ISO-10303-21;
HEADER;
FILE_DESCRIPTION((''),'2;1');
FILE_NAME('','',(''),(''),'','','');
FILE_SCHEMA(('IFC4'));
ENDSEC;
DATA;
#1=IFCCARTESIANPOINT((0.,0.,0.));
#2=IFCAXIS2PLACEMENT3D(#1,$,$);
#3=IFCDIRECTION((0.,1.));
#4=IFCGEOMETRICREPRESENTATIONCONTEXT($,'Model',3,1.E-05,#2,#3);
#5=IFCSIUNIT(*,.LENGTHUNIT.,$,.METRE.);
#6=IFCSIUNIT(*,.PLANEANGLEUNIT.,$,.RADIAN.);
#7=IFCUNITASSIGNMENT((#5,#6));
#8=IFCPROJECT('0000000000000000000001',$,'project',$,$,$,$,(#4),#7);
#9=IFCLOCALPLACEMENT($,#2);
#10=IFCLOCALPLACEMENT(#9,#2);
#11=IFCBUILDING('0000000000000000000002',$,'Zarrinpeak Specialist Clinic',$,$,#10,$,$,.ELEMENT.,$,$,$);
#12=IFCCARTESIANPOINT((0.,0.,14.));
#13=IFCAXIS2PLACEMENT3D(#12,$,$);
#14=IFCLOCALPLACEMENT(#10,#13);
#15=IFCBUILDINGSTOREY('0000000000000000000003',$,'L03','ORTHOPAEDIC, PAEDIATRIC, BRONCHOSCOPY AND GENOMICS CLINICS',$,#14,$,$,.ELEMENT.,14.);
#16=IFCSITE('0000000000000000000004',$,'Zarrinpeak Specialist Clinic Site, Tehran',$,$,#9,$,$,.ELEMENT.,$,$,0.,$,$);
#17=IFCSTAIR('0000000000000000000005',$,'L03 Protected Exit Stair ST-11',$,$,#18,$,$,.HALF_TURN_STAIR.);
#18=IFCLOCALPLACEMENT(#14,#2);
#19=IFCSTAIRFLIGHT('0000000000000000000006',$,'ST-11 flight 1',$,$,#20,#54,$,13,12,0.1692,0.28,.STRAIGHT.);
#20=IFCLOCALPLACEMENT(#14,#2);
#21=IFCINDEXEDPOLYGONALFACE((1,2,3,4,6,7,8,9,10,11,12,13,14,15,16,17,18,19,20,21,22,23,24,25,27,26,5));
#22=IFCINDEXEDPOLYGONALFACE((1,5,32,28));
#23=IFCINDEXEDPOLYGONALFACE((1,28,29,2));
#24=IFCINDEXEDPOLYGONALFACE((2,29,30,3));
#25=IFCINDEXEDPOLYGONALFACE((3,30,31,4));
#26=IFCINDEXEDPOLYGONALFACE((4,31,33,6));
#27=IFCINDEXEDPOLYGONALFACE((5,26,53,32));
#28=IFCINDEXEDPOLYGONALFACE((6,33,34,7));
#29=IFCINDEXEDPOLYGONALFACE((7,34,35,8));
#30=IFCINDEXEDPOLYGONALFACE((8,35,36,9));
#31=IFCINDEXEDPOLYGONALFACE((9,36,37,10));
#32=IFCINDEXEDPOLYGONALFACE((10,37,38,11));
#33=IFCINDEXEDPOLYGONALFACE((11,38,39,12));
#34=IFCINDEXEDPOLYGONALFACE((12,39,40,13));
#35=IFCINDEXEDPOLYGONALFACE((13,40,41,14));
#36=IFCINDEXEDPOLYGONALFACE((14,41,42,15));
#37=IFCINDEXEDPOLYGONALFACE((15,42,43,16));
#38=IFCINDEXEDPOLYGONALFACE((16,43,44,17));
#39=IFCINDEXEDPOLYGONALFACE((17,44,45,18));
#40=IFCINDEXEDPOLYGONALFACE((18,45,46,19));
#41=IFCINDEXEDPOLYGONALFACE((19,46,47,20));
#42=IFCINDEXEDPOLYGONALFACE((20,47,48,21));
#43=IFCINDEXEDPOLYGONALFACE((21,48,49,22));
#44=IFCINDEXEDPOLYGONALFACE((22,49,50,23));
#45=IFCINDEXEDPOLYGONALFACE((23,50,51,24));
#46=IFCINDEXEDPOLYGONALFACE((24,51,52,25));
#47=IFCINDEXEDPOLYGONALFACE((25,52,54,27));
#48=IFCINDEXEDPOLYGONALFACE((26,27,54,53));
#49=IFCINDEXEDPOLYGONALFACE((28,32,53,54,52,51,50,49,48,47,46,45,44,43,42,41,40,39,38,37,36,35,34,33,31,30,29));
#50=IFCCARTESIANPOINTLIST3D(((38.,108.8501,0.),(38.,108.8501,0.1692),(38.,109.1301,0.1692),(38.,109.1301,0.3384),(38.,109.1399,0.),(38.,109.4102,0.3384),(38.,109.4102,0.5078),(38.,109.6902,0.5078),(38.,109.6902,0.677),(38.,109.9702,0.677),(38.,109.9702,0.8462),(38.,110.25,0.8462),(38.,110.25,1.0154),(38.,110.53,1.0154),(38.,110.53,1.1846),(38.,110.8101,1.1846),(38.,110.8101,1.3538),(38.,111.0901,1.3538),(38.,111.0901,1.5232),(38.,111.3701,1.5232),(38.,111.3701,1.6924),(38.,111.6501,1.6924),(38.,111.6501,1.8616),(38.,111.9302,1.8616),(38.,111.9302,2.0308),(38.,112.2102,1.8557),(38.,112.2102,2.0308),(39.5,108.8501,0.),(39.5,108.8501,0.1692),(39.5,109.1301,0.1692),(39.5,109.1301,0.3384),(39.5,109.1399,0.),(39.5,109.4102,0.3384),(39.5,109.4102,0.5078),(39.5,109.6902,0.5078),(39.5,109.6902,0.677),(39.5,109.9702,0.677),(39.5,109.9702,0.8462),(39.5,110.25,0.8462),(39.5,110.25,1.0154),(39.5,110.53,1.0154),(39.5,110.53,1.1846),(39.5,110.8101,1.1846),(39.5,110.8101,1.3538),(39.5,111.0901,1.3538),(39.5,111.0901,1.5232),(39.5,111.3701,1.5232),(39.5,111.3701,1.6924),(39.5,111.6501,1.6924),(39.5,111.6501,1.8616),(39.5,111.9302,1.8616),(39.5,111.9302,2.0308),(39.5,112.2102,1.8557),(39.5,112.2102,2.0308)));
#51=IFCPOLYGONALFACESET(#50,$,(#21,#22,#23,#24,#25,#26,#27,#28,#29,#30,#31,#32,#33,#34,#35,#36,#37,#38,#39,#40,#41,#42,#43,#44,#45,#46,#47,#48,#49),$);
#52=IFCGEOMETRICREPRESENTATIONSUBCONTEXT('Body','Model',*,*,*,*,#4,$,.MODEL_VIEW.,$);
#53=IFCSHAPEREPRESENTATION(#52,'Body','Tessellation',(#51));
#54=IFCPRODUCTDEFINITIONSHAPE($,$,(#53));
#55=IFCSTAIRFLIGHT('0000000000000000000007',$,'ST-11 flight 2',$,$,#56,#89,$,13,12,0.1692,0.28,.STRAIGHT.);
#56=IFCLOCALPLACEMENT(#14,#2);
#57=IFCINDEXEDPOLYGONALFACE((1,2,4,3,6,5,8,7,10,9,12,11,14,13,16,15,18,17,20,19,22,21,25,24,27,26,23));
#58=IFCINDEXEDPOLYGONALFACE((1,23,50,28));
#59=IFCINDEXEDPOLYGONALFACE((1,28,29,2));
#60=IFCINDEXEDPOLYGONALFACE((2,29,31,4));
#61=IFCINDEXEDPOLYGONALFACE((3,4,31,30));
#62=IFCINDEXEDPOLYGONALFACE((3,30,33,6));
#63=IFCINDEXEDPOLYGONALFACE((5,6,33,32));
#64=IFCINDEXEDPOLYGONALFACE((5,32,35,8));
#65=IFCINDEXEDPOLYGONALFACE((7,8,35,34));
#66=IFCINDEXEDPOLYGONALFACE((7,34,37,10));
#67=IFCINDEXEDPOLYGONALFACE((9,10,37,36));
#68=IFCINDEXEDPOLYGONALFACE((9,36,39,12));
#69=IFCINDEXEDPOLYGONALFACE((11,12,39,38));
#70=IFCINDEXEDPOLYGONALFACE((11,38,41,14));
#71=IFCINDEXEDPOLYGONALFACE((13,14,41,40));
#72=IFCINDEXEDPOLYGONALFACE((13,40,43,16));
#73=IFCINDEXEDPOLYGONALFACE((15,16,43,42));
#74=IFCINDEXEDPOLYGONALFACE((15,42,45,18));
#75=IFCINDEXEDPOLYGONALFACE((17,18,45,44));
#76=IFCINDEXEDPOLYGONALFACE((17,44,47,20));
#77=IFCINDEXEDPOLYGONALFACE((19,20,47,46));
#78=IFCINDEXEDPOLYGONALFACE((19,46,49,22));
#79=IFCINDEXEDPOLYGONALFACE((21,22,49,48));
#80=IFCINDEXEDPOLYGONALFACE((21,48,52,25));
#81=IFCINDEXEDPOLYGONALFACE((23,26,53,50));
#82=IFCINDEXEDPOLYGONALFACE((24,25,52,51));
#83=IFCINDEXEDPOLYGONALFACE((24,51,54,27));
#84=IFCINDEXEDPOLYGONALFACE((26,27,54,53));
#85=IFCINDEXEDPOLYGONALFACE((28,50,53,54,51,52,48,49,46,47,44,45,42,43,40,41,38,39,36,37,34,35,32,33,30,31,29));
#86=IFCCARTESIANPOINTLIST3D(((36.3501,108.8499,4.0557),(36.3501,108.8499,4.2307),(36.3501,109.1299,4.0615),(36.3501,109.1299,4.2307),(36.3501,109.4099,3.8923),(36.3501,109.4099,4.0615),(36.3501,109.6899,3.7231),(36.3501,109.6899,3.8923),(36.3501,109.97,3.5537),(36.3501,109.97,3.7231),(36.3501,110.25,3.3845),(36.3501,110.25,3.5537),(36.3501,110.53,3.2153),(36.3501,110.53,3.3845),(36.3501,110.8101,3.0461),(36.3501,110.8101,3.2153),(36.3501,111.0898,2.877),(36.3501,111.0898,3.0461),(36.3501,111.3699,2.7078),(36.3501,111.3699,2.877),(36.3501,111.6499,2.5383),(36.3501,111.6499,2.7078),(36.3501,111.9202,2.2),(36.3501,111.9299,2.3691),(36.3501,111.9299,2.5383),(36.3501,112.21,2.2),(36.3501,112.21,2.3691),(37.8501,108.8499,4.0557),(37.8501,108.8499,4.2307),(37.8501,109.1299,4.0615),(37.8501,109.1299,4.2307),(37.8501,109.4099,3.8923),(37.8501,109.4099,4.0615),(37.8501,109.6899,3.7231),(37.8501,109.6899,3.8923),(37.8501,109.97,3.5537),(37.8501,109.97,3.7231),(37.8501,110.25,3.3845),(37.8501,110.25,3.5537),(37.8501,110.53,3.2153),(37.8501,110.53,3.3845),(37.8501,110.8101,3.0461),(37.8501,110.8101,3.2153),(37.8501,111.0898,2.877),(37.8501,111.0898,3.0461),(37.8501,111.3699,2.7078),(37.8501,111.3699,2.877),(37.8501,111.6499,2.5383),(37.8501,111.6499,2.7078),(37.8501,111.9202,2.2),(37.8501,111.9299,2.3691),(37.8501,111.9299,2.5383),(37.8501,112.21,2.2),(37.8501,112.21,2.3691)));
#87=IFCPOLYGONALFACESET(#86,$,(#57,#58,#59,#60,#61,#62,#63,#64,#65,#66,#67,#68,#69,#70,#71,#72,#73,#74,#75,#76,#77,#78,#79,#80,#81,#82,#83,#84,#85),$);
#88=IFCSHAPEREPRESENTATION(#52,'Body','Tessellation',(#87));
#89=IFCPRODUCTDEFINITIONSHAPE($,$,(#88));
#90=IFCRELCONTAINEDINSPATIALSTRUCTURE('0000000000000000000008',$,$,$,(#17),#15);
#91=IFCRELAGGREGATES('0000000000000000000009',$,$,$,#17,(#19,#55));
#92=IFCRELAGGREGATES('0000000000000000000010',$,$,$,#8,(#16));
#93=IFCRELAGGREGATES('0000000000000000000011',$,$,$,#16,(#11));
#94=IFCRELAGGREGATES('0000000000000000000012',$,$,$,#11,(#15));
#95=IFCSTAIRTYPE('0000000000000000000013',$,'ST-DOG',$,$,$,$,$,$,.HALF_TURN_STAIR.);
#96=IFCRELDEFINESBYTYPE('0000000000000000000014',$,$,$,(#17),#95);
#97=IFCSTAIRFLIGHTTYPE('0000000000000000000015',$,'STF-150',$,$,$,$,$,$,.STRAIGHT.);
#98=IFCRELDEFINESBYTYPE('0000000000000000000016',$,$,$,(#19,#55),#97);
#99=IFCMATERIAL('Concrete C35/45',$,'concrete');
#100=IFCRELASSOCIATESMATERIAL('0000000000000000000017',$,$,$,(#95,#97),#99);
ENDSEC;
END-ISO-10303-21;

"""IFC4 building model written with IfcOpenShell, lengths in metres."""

from ifc_helpers import new_model, si_unit, direction, frame, origin, place, context, subcontext, project, spatial, polyline, outline, extrude, material, type_object, element, aggregate, save


model = new_model("IFC4")

# Units and contexts
model_context = context("Model", 3, precision=1e-05, world=origin(), true_north=direction((0.0, 1.0)))
body_context = subcontext(model_context, "Body", "Model", "MODEL_VIEW")
ifc_project = project(units=[si_unit("LENGTHUNIT", "METRE"), si_unit("PLANEANGLEUNIT", "RADIAN")], contexts=[model_context])

# Site, building, storey
site_placement = place(None, origin())
site = spatial("IfcSite", under=ifc_project, at=site_placement, Name="Zarrinpeak Specialist Clinic Site, Tehran", CompositionType="ELEMENT", RefElevation=0.0)
building_placement = place(site_placement, origin())
building = spatial("IfcBuilding", under=site, at=building_placement, Name="Zarrinpeak Specialist Clinic", CompositionType="ELEMENT")
storey_placement = place(building_placement, frame((0.0, 0.0, 14.0)))
storey = spatial("IfcBuildingStorey", under=building, at=storey_placement, Name="L03", Description="ORTHOPAEDIC, PAEDIATRIC, BRONCHOSCOPY AND GENOMICS CLINICS", CompositionType="ELEMENT", Elevation=14.0)

# Stair, stair flights
ifc_material_1 = material(Name="Concrete C35/45", Category="concrete")
stair_type = type_object("IfcStairType", Name="ST-DOG", PredefinedType="HALF_TURN_STAIR", material=ifc_material_1)
stair_placement = place(storey_placement, origin())
stair = element("IfcStair", 1, at=stair_placement, inside=storey, type_object=stair_type, Name="L03 Protected Exit Stair ST-11", PredefinedType="HALF_TURN_STAIR")
stair_flight_type = type_object("IfcStairFlightType", Name="STF-150", PredefinedType="STRAIGHT", material=ifc_material_1)
stair_flight_1_placement = place(storey_placement, frame((38.75, 108.8501, 0.0), z_axis=(0.0, 0.0, 1.0), x_axis=(0.0, 1.0, 0.0)))
stair_flight_1 = element("IfcStairFlight", 2, at=stair_flight_1_placement, type_object=stair_flight_type, Name="ST-11 flight 1", NumberOfRisers=13, NumberOfTreads=12, PredefinedType="STRAIGHT", RiserHeight=0.1692, TreadLength=0.28, context=body_context, shape_type="SweptSolid", body=[
    extrude(outline(polyline([(0.0, 0.0), (0.0, 0.1692), (0.28, 0.1692), (0.28, 0.3384), (0.5601, 0.3384), (0.5601, 0.5078), (0.8401, 0.5078), (0.8401, 0.677), (1.1201, 0.677), (1.1201, 0.8462), (1.3999, 0.8462), (1.3999, 1.0154), (1.6799, 1.0154), (1.6799, 1.1846), (1.96, 1.1846), (1.96, 1.3538), (2.24, 1.3538), (2.24, 1.5232), (2.52, 1.5232), (2.52, 1.6924), (2.8, 1.6924), (2.8, 1.8616), (3.0801, 1.8616), (3.0801, 2.0308), (3.3601, 2.0308), (3.3601, 2.2), (3.3601, 1.8557), (0.2898, 0.0), (0.0, 0.0)])), frame((0.0, 0.75, 0.0), z_axis=(0.0, -1.0, 0.0), x_axis=(1.0, 0.0, 0.0)), (0.0, 0.0, 1.0), 1.5),
])
stair_flight_2_placement = place(storey_placement, frame((37.1001, 112.21, 2.2), z_axis=(0.0, 0.0, 1.0), x_axis=(0.0, -1.0, 0.0)))
stair_flight_2 = element("IfcStairFlight", 3, at=stair_flight_2_placement, type_object=stair_flight_type, Name="ST-11 flight 2", NumberOfRisers=13, NumberOfTreads=12, PredefinedType="STRAIGHT", RiserHeight=0.1692, TreadLength=0.28, context=body_context, shape_type="SweptSolid", body=[
    extrude(outline(polyline([(0.0, 0.0), (0.0, 0.1692), (0.28, 0.1692), (0.28, 0.3384), (0.5601, 0.3384), (0.5601, 0.5078), (0.8401, 0.5078), (0.8401, 0.677), (1.1201, 0.677), (1.1201, 0.8462), (1.3999, 0.8462), (1.3999, 1.0154), (1.6799, 1.0154), (1.6799, 1.1846), (1.96, 1.1846), (1.96, 1.3538), (2.24, 1.3538), (2.24, 1.5232), (2.52, 1.5232), (2.52, 1.6924), (2.8, 1.6924), (2.8, 1.8616), (3.0801, 1.8616), (3.0801, 2.0308), (3.3601, 2.0308), (3.3601, 2.2), (3.3601, 1.8557), (0.2898, 0.0), (0.0, 0.0)])), frame((0.0, 0.75, 0.0), z_axis=(0.0, -1.0, 0.0), x_axis=(1.0, 0.0, 0.0)), (0.0, 0.0, 1.0), 1.5),
])
aggregate(stair, [stair_flight_1, stair_flight_2])

save(model, "model.ifc")
